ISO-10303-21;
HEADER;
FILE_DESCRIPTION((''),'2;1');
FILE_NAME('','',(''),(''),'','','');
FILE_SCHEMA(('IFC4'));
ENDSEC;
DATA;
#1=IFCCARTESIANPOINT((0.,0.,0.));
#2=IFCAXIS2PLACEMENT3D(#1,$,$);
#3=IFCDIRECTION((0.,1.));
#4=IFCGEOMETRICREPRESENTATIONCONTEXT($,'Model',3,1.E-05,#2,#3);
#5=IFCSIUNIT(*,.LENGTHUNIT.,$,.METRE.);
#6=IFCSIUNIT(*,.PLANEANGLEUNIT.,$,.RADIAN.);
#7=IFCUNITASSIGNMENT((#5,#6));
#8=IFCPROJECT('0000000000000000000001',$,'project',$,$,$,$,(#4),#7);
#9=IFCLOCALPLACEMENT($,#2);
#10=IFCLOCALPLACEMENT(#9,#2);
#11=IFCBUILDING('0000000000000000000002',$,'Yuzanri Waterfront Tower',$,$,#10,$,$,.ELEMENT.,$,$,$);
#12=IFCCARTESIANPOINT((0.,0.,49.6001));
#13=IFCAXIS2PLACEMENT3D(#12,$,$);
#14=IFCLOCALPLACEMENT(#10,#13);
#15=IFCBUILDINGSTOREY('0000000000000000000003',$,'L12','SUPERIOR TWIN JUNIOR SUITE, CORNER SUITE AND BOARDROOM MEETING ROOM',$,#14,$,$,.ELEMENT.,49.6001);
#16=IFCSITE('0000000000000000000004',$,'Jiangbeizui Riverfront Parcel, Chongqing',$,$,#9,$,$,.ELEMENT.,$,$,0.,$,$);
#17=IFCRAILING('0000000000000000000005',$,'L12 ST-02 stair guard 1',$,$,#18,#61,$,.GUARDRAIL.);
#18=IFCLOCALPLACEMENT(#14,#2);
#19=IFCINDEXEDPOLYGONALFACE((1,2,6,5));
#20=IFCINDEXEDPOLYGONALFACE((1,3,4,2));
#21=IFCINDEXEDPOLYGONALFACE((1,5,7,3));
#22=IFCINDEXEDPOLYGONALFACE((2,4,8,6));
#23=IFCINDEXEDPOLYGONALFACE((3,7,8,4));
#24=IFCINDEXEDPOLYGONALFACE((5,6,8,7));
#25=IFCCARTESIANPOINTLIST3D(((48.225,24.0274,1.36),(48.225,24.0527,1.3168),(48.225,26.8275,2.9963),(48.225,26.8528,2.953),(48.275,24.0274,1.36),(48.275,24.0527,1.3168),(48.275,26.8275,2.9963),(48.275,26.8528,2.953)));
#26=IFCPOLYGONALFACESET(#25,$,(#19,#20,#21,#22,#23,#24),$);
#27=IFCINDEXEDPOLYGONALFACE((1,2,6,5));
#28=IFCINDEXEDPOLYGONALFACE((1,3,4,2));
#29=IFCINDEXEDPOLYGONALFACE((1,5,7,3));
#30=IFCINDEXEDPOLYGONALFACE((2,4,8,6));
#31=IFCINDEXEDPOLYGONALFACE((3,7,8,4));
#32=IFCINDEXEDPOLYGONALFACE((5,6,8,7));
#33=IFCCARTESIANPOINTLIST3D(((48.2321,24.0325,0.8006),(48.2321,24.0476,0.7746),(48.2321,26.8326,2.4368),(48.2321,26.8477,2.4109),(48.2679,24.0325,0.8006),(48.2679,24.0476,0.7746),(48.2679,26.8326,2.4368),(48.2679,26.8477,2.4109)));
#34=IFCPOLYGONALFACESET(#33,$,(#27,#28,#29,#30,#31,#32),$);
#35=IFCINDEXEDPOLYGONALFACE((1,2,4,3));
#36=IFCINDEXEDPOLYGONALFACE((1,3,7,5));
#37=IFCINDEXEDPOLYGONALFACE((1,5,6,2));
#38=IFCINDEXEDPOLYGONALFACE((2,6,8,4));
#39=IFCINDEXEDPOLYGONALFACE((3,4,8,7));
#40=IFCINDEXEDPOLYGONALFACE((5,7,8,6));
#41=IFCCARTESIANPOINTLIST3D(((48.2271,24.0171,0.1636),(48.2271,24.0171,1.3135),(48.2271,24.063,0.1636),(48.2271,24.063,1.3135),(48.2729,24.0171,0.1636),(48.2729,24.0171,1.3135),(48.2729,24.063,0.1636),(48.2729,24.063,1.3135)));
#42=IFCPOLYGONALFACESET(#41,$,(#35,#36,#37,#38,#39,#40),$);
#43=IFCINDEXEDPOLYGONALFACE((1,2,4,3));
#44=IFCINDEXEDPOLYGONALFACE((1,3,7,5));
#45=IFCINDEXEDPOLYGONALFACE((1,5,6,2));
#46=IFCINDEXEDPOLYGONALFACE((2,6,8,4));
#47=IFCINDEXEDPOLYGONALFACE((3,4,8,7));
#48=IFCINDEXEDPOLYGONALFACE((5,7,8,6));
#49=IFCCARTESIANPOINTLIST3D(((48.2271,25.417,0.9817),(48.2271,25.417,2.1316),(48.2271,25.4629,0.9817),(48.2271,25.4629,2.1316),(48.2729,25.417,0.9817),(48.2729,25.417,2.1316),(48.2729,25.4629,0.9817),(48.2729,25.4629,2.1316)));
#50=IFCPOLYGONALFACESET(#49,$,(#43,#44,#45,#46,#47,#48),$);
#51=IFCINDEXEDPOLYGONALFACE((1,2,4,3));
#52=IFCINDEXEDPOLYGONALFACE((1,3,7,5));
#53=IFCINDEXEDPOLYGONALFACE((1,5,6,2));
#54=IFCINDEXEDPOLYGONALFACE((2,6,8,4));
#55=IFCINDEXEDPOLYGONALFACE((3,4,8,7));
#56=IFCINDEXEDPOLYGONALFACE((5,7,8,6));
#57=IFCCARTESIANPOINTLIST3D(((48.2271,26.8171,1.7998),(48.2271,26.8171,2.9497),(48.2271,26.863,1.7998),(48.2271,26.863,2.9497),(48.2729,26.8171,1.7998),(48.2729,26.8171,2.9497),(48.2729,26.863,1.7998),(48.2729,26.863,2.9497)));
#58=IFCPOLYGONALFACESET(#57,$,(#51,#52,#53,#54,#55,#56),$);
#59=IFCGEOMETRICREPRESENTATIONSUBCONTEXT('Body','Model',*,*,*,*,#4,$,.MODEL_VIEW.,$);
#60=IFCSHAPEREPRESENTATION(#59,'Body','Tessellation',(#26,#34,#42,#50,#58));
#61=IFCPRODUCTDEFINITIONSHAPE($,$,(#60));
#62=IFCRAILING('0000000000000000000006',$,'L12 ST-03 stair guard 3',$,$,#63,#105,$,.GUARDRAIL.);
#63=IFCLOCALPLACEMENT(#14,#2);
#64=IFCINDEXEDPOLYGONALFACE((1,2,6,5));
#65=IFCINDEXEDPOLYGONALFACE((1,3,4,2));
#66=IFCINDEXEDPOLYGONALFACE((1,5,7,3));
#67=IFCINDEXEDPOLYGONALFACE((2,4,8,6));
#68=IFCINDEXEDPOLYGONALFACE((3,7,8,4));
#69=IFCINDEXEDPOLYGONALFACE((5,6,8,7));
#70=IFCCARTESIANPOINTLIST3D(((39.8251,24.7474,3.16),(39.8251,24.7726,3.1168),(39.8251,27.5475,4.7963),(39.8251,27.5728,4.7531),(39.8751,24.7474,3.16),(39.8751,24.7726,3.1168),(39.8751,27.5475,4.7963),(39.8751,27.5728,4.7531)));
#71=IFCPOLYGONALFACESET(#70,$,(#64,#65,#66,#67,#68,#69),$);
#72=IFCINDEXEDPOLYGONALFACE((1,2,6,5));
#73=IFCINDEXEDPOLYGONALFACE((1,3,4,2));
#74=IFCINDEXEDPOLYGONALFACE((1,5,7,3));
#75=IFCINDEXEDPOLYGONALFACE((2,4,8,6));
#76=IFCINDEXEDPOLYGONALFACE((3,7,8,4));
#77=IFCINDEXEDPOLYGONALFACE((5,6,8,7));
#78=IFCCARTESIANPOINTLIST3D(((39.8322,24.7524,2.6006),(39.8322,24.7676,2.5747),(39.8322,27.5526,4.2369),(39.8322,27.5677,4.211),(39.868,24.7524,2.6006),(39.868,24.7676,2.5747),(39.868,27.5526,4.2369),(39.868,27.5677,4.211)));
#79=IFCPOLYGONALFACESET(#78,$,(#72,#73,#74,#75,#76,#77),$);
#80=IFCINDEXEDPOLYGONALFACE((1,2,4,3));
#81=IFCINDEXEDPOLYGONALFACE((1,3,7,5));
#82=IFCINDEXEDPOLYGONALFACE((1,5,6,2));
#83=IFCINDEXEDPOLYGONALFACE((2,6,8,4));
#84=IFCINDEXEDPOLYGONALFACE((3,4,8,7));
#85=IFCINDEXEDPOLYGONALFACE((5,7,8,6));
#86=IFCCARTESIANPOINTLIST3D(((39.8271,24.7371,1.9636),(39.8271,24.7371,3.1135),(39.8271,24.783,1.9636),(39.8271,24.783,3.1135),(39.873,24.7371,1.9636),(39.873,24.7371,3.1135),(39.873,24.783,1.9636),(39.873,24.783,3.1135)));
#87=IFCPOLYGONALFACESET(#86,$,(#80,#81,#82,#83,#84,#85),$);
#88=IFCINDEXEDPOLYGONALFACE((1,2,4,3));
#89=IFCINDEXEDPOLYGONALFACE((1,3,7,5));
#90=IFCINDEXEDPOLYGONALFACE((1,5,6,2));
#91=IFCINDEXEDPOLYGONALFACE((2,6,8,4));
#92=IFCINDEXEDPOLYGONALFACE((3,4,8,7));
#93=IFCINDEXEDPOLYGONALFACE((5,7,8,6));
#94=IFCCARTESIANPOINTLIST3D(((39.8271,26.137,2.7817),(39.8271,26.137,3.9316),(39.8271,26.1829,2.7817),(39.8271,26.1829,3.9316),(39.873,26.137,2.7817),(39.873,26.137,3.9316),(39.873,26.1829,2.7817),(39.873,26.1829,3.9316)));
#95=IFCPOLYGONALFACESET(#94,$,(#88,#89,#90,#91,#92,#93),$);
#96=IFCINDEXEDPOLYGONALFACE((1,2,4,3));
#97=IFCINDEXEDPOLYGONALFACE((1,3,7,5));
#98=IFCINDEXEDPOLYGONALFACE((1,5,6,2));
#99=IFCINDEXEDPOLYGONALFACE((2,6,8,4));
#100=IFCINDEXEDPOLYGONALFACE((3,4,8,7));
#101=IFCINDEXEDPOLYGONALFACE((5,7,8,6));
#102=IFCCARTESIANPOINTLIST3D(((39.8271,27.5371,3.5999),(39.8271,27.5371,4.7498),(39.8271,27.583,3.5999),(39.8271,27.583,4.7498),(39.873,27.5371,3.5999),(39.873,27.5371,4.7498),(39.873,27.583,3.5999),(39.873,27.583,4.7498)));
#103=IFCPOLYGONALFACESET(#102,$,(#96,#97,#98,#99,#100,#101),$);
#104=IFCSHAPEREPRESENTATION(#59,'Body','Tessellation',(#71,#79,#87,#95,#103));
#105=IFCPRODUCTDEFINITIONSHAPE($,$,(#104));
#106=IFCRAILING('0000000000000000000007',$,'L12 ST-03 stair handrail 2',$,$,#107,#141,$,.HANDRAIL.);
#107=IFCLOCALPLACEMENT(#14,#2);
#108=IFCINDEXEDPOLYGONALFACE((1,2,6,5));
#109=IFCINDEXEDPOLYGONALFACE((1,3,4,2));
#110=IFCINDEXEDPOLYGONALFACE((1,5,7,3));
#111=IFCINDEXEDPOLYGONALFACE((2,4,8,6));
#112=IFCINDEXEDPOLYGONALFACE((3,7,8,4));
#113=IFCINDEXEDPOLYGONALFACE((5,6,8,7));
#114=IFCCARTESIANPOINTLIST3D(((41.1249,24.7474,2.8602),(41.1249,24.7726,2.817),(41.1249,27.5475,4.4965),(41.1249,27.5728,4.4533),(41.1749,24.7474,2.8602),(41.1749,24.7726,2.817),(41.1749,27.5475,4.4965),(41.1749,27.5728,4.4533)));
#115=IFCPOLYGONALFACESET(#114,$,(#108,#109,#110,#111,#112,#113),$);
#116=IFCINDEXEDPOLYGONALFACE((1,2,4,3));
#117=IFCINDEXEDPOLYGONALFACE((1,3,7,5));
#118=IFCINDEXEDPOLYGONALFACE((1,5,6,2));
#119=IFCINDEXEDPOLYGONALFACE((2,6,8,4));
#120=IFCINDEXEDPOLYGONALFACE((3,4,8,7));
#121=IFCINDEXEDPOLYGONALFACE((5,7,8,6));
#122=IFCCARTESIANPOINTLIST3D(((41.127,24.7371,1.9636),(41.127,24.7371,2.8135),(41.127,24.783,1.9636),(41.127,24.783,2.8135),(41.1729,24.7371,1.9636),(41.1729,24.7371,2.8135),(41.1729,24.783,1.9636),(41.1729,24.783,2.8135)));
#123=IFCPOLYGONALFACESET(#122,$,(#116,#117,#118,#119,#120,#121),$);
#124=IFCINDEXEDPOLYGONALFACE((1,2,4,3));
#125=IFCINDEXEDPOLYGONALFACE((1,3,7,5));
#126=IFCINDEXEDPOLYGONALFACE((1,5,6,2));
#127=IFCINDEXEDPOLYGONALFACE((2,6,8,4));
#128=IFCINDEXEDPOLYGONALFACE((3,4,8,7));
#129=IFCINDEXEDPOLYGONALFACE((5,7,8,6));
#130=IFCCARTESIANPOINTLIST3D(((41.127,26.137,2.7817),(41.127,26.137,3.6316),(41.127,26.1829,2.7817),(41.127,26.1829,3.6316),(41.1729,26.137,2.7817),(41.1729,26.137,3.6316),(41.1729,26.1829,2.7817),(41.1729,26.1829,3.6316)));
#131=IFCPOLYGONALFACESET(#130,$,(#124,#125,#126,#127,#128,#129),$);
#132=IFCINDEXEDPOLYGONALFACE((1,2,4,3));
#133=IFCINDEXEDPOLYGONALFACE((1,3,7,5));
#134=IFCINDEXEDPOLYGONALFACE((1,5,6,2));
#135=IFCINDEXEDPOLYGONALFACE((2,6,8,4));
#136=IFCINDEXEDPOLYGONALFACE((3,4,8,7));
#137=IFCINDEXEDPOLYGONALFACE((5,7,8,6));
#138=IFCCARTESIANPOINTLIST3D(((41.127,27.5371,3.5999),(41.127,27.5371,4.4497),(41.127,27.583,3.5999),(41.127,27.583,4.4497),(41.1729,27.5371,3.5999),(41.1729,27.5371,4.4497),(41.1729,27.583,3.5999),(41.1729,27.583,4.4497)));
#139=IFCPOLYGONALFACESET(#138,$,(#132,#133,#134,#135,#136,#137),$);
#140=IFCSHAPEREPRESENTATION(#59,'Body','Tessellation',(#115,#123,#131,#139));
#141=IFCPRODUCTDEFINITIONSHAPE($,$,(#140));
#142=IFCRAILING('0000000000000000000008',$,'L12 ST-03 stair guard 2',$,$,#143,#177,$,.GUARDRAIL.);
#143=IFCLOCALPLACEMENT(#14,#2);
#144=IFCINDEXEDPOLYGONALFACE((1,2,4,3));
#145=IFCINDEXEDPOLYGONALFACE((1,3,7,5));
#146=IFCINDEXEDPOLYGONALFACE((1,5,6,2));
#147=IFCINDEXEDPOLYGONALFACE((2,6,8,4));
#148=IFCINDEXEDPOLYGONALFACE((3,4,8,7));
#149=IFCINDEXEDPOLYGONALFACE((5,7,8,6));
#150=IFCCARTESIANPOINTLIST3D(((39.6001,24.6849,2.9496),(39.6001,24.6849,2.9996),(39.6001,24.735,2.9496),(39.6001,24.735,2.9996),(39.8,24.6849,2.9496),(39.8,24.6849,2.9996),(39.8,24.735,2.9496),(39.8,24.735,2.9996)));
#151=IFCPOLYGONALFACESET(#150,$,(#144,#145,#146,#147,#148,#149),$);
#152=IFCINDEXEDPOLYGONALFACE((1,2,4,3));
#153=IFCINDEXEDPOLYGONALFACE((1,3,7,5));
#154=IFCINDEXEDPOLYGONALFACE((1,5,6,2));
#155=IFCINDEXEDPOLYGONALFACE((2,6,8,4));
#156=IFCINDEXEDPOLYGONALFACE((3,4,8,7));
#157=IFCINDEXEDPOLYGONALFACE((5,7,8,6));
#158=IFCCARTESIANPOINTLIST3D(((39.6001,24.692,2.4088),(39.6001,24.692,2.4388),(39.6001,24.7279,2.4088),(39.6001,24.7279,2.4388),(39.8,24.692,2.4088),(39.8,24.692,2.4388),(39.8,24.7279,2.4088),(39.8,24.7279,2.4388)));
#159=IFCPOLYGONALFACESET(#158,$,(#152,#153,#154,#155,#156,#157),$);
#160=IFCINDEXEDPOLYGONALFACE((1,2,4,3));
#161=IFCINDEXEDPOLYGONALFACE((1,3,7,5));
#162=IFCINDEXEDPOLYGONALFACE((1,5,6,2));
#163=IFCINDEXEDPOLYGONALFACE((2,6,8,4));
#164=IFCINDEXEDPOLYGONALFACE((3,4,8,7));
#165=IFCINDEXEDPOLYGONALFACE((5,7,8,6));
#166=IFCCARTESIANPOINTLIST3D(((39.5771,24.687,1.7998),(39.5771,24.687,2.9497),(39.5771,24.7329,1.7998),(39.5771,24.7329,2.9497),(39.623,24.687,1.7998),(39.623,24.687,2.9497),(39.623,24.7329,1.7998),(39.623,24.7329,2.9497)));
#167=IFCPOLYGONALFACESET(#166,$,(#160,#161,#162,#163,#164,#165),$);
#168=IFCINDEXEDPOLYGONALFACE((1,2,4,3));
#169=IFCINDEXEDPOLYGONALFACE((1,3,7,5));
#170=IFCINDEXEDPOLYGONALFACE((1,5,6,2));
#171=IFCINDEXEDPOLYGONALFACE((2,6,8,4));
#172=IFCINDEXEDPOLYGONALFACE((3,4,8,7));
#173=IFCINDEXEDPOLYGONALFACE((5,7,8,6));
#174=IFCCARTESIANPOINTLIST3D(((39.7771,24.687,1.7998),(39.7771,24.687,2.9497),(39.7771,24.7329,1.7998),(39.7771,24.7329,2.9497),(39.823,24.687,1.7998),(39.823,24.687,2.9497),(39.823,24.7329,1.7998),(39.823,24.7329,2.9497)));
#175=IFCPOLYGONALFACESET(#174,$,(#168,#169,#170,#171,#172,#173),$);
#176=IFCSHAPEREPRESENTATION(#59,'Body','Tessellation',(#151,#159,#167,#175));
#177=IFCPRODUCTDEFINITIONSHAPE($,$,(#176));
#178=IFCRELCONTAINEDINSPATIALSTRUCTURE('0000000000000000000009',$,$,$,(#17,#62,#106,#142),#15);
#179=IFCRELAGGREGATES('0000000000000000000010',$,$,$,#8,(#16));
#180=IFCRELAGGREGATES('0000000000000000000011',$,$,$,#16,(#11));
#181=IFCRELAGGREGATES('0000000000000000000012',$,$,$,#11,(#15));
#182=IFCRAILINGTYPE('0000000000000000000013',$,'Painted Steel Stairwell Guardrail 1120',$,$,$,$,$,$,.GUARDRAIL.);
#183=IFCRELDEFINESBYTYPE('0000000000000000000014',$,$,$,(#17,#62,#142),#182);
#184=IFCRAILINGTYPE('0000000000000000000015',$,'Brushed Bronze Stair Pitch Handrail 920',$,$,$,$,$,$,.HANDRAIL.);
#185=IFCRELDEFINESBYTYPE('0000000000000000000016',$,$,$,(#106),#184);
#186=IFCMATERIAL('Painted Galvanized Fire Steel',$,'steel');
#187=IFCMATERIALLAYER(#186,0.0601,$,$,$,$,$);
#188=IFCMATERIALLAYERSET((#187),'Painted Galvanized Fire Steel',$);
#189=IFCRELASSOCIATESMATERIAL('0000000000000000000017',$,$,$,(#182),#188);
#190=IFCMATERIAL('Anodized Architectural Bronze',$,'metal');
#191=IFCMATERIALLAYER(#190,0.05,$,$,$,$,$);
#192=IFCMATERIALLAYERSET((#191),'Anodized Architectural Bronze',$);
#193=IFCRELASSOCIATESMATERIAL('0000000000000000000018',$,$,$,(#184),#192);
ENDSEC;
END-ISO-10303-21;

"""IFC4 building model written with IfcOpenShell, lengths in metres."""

from ifc_helpers import new_model, si_unit, direction, frame, origin, origin_2d, place, context, subcontext, project, spatial, rectangle, extrude, source, transform, mapped, material, layer, layer_set, type_object, element, save


model = new_model("IFC4")

# Units and contexts
model_context = context("Model", 3, precision=1e-05, world=origin(), true_north=direction((0.0, 1.0)))
body_context = subcontext(model_context, "Body", "Model", "MODEL_VIEW")
ifc_project = project(units=[si_unit("LENGTHUNIT", "METRE"), si_unit("PLANEANGLEUNIT", "RADIAN")], contexts=[model_context])

# Site, building, storey
site_placement = place(None, origin())
site = spatial("IfcSite", under=ifc_project, at=site_placement, Name="Jiangbeizui Riverfront Parcel, Chongqing", CompositionType="ELEMENT", RefElevation=0.0)
building_placement = place(site_placement, origin())
building = spatial("IfcBuilding", under=site, at=building_placement, Name="Yuzanri Waterfront Tower", CompositionType="ELEMENT")
storey_placement = place(building_placement, frame((0.0, 0.0, 49.6001)))
storey = spatial("IfcBuildingStorey", under=building, at=storey_placement, Name="L12", Description="SUPERIOR TWIN JUNIOR SUITE, CORNER SUITE AND BOARDROOM MEETING ROOM", CompositionType="ELEMENT", Elevation=49.6001)

# Railings
ifc_material_1 = material(Name="Painted Galvanized Fire Steel", Category="steel")
ifc_layer_1 = layer(ifc_material_1, 0.0601)
ifc_layer_set_1 = layer_set([ifc_layer_1], Name="Painted Galvanized Fire Steel")
railing_type_1 = type_object("IfcRailingType", Name="Painted Steel Stairwell Guardrail 1120", PredefinedType="GUARDRAIL", material=ifc_layer_set_1)
shared_shape_1 = source(origin(), body_context, "Body", "SweptSolid", [
    extrude(rectangle(XDim=0.05, YDim=0.05, at=origin_2d()), frame((0.0, 0.0, 1.1748), z_axis=(0.0, 0.863394, 0.504531), x_axis=(-1.0, 0.0, 0.0)), (0.0, 0.0, 1.0), 3.2432),
    extrude(rectangle(XDim=0.0359, YDim=0.03, at=origin_2d()), frame((0.0, 0.0, 0.624), z_axis=(0.0, 0.863394, 0.504531), x_axis=(-1.0, 0.0, 0.0)), (0.0, 0.0, 1.0), 3.2432),
    extrude(rectangle(XDim=0.0459, YDim=0.0459, at=origin_2d()), origin(), (0.0, 0.0, 1.0), 1.1499),
    extrude(rectangle(XDim=0.0459, YDim=0.0459, at=origin_2d()), frame((0.0, 1.3999, 0.8181)), (0.0, 0.0, 1.0), 1.1499),
    extrude(rectangle(XDim=0.0459, YDim=0.0459, at=origin_2d()), frame((0.0, 2.8, 1.6362)), (0.0, 0.0, 1.0), 1.1499),
])
for number, where, name in (
    (1, (48.25, 24.04, 0.1636), "L12 ST-02 stair guard 1"),
    (2, (39.8501, 24.76, 1.9636), "L12 ST-03 stair guard 3"),
):
    element("IfcRailing", number, at=place(storey_placement, frame(where)), inside=storey, type_object=railing_type_1, Name=name, PredefinedType="GUARDRAIL", context=body_context, shape_type="MappedRepresentation", body=[
        mapped(shared_shape_1, transform((0.0, 0.0, 0.0), scale=1.0)),
    ])
ifc_material_2 = material(Name="Anodized Architectural Bronze", Category="metal")
ifc_layer_2 = layer(ifc_material_2, 0.05)
ifc_layer_set_2 = layer_set([ifc_layer_2], Name="Anodized Architectural Bronze")
railing_type_2 = type_object("IfcRailingType", Name="Brushed Bronze Stair Pitch Handrail 920", PredefinedType="HANDRAIL", material=ifc_layer_set_2)
shared_shape_2 = source(origin(), body_context, "Body", "SweptSolid", [
    extrude(rectangle(XDim=0.05, YDim=0.05, at=origin_2d()), frame((0.0, 0.0, 0.875), z_axis=(0.0, 0.863394, 0.504531), x_axis=(-1.0, 0.0, 0.0)), (0.0, 0.0, 1.0), 3.2432),
    extrude(rectangle(XDim=0.0459, YDim=0.0459, at=origin_2d()), origin(), (0.0, 0.0, 1.0), 0.8499),
    extrude(rectangle(XDim=0.0459, YDim=0.0459, at=origin_2d()), frame((0.0, 1.3999, 0.8181)), (0.0, 0.0, 1.0), 0.8499),
    extrude(rectangle(XDim=0.0459, YDim=0.0459, at=origin_2d()), frame((0.0, 2.8, 1.6362)), (0.0, 0.0, 1.0), 0.8499),
])
railing_1_placement = place(storey_placement, frame((41.1499, 24.76, 1.9636)))
element("IfcRailing", 3, at=railing_1_placement, inside=storey, type_object=railing_type_2, Name="L12 ST-03 stair handrail 2", PredefinedType="HANDRAIL", context=body_context, shape_type="MappedRepresentation", body=[
    mapped(shared_shape_2, transform((0.0, 0.0, 0.0), scale=1.0)),
])
shared_shape_3 = source(origin(), body_context, "Body", "SweptSolid", [
    extrude(rectangle(XDim=0.05, YDim=0.05, at=origin_2d()), frame((0.0, 0.0, 1.1748), z_axis=(1.0, 0.0, 0.0), x_axis=(0.0, 1.0, 0.0)), (0.0, 0.0, 1.0), 0.2),
    extrude(rectangle(XDim=0.0359, YDim=0.03, at=origin_2d()), frame((0.0, 0.0, 0.624), z_axis=(1.0, 0.0, 0.0), x_axis=(0.0, 1.0, 0.0)), (0.0, 0.0, 1.0), 0.2),
    extrude(rectangle(XDim=0.0459, YDim=0.0459, at=origin_2d()), origin(), (0.0, 0.0, 1.0), 1.1499),
    extrude(rectangle(XDim=0.0459, YDim=0.0459, at=origin_2d()), frame((0.2, 0.0, 0.0)), (0.0, 0.0, 1.0), 1.1499),
])
railing_2_placement = place(storey_placement, frame((39.6001, 24.71, 1.7998)))
element("IfcRailing", 4, at=railing_2_placement, inside=storey, type_object=railing_type_1, Name="L12 ST-03 stair guard 2", PredefinedType="GUARDRAIL", context=body_context, shape_type="MappedRepresentation", body=[
    mapped(shared_shape_3, transform((0.0, 0.0, 0.0), scale=1.0)),
])

save(model, "model.ifc")
